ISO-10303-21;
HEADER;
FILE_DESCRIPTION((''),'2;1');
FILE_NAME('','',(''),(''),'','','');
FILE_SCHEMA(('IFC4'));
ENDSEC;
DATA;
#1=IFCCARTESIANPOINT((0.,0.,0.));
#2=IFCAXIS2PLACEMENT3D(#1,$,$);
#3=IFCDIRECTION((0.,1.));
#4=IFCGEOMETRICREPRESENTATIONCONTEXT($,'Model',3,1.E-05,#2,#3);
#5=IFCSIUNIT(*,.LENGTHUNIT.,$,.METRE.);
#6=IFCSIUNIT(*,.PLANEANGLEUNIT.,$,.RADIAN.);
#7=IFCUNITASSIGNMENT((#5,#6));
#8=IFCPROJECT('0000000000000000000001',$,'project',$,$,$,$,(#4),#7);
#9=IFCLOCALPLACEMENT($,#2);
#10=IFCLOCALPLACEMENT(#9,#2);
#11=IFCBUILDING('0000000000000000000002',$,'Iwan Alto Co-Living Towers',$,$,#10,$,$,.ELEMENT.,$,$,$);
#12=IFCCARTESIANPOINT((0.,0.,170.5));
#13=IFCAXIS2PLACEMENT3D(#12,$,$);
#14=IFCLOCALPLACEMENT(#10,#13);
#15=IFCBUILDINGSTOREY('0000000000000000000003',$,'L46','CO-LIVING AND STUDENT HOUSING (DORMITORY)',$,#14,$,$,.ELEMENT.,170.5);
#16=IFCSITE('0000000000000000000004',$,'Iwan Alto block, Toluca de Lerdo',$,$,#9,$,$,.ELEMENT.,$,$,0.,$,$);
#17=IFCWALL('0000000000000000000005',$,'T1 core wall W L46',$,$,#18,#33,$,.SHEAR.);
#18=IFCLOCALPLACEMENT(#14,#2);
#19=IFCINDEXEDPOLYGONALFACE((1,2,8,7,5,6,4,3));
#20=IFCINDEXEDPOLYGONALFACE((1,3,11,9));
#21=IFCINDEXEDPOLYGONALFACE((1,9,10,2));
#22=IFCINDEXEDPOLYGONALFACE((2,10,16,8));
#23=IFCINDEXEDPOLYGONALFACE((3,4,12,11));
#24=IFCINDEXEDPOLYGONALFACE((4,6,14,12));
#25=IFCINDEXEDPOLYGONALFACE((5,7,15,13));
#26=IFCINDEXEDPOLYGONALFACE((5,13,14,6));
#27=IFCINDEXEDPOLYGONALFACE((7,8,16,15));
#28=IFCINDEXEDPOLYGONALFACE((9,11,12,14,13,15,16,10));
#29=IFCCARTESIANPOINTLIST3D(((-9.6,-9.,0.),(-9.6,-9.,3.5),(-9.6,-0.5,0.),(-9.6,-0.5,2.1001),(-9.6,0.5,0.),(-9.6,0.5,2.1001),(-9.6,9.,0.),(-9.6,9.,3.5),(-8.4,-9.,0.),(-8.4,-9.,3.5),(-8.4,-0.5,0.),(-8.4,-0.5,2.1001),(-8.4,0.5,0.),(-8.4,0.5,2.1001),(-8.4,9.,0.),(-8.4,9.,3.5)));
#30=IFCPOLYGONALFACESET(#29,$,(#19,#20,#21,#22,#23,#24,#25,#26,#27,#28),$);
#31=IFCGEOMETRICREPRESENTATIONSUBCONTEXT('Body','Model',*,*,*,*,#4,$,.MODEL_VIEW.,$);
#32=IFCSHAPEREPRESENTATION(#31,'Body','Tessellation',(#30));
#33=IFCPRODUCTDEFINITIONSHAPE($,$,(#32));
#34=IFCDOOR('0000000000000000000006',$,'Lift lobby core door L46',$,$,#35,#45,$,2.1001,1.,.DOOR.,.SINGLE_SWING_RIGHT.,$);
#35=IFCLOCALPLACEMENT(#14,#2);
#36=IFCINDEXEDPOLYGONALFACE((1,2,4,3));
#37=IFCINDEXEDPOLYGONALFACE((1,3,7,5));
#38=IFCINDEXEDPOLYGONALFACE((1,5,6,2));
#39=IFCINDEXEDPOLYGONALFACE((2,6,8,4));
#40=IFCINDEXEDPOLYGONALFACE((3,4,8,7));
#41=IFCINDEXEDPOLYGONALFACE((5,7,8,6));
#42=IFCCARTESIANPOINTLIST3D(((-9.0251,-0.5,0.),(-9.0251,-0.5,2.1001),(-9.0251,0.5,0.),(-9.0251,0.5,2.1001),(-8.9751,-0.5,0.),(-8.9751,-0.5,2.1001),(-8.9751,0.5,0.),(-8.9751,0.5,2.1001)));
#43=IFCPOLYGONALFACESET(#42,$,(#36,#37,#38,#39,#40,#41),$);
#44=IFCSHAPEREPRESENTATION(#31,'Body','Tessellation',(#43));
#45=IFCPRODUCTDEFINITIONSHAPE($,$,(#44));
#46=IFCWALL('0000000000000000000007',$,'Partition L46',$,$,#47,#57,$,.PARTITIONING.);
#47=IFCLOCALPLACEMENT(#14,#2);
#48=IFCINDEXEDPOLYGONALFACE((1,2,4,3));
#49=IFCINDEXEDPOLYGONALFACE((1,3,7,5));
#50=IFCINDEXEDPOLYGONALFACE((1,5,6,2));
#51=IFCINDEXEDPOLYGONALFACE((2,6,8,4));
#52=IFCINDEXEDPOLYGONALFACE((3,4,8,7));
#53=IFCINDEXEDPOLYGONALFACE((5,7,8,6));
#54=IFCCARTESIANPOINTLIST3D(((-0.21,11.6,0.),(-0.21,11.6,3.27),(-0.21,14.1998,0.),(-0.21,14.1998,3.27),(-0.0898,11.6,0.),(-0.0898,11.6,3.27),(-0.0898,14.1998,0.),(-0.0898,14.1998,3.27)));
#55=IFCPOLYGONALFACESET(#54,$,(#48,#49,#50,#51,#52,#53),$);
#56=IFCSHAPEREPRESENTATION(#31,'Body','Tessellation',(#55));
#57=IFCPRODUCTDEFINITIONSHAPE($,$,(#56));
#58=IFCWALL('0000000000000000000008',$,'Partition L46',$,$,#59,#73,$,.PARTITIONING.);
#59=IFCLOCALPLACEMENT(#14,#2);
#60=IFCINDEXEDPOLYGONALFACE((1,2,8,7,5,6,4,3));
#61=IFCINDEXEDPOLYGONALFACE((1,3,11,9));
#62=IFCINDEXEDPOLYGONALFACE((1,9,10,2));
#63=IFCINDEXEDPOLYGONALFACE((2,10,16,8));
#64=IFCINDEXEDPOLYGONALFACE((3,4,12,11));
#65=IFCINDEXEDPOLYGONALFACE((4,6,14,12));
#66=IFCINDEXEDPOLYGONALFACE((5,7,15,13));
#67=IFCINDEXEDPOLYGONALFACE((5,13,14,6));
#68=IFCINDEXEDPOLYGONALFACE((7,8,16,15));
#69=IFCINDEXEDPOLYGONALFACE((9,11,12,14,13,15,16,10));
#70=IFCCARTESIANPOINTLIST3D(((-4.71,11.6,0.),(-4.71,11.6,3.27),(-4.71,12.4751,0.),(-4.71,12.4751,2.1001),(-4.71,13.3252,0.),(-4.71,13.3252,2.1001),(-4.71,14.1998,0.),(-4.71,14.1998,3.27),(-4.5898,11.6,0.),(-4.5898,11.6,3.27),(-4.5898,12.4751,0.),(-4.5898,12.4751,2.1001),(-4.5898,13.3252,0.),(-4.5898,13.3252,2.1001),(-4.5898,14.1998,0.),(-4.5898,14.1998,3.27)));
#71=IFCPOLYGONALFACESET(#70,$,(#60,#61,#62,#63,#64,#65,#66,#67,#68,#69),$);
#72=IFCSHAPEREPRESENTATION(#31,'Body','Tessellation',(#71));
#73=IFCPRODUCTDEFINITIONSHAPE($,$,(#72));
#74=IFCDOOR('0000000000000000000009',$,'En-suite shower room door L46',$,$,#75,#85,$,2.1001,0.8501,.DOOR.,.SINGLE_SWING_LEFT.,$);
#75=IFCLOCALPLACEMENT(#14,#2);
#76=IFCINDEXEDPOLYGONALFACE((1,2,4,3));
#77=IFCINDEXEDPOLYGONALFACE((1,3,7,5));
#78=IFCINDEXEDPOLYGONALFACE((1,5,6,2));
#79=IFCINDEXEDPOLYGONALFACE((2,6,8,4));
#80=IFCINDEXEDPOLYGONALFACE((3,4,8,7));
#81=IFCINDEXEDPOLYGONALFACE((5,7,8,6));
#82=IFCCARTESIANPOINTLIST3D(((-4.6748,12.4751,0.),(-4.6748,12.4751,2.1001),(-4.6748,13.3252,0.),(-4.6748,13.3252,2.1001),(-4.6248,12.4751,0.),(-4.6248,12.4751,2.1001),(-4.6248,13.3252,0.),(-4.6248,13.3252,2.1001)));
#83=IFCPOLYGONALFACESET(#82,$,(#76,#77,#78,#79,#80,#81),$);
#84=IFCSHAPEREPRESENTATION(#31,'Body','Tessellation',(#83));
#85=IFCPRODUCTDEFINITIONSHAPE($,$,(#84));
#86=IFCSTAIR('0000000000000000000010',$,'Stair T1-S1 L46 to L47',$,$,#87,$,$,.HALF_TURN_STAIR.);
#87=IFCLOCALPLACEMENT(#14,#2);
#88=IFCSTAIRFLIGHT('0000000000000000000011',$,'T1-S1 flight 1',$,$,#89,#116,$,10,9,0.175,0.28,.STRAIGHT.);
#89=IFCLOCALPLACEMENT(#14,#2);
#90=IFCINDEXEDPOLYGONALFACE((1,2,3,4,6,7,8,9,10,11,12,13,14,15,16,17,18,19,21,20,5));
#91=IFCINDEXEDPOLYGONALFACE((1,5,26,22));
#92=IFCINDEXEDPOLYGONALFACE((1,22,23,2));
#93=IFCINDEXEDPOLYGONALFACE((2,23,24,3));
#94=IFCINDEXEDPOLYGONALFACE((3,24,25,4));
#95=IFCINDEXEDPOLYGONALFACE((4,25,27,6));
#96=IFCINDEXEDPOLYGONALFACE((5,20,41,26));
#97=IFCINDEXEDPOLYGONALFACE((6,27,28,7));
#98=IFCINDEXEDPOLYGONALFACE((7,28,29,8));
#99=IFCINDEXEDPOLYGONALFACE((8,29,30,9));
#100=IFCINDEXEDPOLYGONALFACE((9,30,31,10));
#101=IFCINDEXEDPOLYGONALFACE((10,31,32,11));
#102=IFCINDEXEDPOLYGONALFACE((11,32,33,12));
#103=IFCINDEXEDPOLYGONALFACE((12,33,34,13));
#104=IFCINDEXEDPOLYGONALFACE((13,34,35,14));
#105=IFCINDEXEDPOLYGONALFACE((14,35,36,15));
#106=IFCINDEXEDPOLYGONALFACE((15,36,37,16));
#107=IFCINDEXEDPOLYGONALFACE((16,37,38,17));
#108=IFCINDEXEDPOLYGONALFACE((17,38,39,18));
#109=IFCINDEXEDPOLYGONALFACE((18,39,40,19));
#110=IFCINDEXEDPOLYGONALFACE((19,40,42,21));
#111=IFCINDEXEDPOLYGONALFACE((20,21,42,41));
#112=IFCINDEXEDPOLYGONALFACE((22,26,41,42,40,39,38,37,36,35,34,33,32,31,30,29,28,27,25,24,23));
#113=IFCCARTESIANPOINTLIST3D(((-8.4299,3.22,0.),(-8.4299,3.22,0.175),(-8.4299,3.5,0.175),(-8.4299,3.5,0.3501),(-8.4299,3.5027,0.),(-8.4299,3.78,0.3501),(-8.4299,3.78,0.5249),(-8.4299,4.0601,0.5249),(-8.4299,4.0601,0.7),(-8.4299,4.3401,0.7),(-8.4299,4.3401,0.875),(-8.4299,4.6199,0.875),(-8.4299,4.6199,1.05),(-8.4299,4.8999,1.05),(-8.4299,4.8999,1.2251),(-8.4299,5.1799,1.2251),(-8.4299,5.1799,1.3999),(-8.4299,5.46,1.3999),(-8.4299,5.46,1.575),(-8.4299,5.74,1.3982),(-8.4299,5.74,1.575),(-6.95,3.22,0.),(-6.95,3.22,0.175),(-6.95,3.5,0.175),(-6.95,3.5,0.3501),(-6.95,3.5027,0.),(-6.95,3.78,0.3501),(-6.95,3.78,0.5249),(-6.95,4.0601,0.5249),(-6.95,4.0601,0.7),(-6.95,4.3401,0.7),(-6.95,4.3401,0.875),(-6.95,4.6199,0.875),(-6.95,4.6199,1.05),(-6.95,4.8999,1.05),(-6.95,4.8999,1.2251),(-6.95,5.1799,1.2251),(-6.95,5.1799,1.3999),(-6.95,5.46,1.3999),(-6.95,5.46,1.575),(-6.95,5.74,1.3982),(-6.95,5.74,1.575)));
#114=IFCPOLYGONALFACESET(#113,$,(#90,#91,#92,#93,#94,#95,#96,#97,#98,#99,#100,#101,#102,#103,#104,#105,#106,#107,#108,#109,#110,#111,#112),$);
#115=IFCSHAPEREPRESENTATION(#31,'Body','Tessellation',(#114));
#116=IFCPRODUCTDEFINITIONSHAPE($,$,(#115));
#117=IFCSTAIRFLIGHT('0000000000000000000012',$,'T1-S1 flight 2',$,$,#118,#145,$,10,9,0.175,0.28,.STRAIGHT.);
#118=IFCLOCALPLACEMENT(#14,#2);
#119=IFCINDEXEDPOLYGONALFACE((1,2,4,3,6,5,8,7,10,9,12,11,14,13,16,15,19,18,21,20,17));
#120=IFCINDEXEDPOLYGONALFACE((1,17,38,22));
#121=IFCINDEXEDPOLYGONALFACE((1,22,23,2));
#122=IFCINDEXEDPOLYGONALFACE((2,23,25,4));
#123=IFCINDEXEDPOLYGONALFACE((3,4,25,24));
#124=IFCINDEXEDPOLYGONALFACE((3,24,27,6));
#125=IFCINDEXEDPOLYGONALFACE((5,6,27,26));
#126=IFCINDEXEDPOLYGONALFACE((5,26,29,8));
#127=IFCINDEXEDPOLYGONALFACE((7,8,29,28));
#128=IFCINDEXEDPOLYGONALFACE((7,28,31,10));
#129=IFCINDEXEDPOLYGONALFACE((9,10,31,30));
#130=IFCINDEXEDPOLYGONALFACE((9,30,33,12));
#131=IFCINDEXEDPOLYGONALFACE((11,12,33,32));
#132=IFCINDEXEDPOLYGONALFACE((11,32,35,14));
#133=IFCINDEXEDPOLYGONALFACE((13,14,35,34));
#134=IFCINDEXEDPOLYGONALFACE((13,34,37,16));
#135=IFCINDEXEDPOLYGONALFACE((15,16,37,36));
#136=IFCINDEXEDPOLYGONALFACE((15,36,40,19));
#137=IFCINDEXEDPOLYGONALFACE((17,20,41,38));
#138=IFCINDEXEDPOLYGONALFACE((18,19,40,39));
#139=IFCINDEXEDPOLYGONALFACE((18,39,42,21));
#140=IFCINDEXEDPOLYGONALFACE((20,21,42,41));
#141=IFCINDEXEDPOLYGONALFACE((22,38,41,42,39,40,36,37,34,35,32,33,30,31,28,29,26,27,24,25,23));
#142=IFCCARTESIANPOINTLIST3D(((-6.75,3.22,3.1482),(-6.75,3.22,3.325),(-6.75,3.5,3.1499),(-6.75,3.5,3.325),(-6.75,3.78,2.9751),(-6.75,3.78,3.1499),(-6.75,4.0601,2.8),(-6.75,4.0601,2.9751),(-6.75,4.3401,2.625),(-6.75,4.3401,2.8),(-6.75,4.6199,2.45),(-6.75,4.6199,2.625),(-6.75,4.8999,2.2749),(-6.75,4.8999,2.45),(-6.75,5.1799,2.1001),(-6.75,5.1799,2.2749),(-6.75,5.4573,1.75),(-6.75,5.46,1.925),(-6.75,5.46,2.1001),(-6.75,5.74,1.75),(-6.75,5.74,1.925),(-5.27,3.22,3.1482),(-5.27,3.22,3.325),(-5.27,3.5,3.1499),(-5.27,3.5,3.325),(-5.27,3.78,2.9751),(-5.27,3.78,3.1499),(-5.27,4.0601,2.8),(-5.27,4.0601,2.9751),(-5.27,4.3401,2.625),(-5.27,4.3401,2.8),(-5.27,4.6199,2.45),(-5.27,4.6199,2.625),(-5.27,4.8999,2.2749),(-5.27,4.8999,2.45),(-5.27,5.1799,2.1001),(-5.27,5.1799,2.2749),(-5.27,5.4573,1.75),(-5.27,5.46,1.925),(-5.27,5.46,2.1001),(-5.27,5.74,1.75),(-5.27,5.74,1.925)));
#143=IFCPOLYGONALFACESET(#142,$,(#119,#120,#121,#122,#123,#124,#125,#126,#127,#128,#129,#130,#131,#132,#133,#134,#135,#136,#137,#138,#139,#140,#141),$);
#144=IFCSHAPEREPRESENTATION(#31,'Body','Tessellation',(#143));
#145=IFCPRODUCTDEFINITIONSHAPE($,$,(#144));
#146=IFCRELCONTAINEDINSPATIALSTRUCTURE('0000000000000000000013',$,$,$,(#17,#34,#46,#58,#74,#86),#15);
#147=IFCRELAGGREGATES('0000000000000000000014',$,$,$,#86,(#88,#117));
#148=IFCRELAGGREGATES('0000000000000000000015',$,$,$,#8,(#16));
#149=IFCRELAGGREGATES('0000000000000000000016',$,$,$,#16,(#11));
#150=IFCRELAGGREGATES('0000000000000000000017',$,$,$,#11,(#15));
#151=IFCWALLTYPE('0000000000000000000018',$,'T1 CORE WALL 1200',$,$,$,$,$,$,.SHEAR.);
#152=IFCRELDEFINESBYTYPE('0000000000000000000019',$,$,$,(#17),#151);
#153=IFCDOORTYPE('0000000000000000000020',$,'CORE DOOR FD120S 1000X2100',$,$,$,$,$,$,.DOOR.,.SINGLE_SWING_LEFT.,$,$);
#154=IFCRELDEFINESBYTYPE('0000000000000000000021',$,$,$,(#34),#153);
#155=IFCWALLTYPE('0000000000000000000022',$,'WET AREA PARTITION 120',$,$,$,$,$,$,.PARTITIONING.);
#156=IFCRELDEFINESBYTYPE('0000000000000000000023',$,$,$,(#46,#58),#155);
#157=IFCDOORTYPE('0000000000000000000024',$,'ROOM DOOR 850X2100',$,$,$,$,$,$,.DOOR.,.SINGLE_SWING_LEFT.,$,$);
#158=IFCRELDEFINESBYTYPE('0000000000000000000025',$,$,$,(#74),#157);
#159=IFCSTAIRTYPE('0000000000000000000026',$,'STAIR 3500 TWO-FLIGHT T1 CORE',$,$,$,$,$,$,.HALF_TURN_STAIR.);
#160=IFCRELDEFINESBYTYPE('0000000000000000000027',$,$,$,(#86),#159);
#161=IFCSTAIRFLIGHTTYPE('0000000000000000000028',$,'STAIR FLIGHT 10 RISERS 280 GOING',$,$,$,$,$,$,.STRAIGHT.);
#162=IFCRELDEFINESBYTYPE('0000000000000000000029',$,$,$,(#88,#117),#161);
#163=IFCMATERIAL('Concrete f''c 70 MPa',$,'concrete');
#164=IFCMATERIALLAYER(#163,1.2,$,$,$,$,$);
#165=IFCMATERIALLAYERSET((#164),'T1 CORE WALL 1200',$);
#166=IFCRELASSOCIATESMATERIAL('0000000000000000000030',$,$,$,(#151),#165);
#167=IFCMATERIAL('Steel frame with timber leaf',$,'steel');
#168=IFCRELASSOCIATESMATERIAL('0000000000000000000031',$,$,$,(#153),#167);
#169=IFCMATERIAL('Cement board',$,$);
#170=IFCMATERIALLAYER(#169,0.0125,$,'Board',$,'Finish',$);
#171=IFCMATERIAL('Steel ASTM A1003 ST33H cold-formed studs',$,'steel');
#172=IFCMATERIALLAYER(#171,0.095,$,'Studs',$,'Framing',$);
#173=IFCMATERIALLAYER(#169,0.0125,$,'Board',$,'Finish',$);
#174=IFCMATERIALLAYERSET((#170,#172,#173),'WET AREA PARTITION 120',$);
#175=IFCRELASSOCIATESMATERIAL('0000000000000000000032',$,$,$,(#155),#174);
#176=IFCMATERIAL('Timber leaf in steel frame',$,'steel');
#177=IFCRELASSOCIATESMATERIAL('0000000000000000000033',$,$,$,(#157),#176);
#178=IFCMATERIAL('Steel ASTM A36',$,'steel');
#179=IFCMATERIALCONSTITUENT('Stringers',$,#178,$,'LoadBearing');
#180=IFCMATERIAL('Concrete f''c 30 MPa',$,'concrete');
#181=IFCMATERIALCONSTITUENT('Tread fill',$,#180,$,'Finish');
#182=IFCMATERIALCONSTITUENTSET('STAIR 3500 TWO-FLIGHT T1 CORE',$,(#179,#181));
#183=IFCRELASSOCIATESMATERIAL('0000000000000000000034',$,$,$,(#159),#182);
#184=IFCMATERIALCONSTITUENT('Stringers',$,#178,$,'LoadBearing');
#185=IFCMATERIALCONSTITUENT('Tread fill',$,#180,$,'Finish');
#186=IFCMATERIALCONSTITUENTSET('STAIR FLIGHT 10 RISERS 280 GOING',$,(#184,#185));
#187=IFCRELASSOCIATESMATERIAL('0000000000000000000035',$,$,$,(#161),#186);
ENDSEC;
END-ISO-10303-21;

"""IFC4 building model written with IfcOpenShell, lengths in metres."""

from ifc_helpers import new_model, si_unit, direction, frame, frame_2d, origin, place, context, subcontext, project, spatial, polyline, rectangle, outline, extrude, material, layer, layer_set, constituent, constituent_set, type_object, element, fill, aggregate, save


model = new_model("IFC4")

# Units and contexts
model_context = context("Model", 3, precision=1e-05, world=origin(), true_north=direction((0.0, 1.0)))
body_context = subcontext(model_context, "Body", "Model", "MODEL_VIEW")
ifc_project = project(units=[si_unit("LENGTHUNIT", "METRE"), si_unit("PLANEANGLEUNIT", "RADIAN")], contexts=[model_context])

# Site, building, storey
site_placement = place(None, origin())
site = spatial("IfcSite", under=ifc_project, at=site_placement, Name="Iwan Alto block, Toluca de Lerdo", CompositionType="ELEMENT", RefElevation=0.0)
building_placement = place(site_placement, origin())
building = spatial("IfcBuilding", under=site, at=building_placement, Name="Iwan Alto Co-Living Towers", CompositionType="ELEMENT")
storey_placement = place(building_placement, frame((0.0, 0.0, 170.5)))
storey = spatial("IfcBuildingStorey", under=building, at=storey_placement, Name="L46", Description="CO-LIVING AND STUDENT HOUSING (DORMITORY)", CompositionType="ELEMENT", Elevation=170.5)

# Shared definitions
ifc_material_1 = material(Name="Steel ASTM A1003 ST33H cold-formed studs", Category="steel")

# Wall, opening, door
ifc_material_2 = material(Name="Concrete f'c 70 MPa", Category="concrete")
ifc_layer_1 = layer(ifc_material_2, 1.2)
ifc_layer_set_1 = layer_set([ifc_layer_1], Name="T1 CORE WALL 1200")
wall_type_1 = type_object("IfcWallType", Name="T1 CORE WALL 1200", PredefinedType="SHEAR", material=ifc_layer_set_1)
wall_1_placement = place(storey_placement, frame((-9.0, 9.0, 0.0), z_axis=(0.0, 0.0, 1.0), x_axis=(0.0, -1.0, 0.0)))
wall_1 = element("IfcWall", 1, at=wall_1_placement, inside=storey, type_object=wall_type_1, Name="T1 core wall W L46", PredefinedType="SHEAR", context=body_context, shape_type="SweptSolid", body=[
    extrude(rectangle(XDim=18.0, YDim=1.2, at=frame_2d((9.0, 0.0))), origin(), (0.0, 0.0, 1.0), 3.5),
])
opening_1_placement = place(wall_1_placement, frame((8.5, 0.0, 0.0)))
opening_1 = element("IfcOpeningElement", 2, at=opening_1_placement, cuts=wall_1, PredefinedType="OPENING", context=body_context, shape_type="SweptSolid", body=[
    extrude(rectangle(XDim=1.0, YDim=2.1001, at=frame_2d((0.5, 1.05))), frame((0.0, 0.6099, 0.0), z_axis=(0.0, -1.0, 0.0), x_axis=(1.0, 0.0, 0.0)), (0.0, 0.0, 1.0), 1.22),
])
ifc_material_3 = material(Name="Steel frame with timber leaf", Category="steel")
door_type_1 = type_object("IfcDoorType", Name="CORE DOOR FD120S 1000X2100", OperationType="SINGLE_SWING_LEFT", PredefinedType="DOOR", material=ifc_material_3)
door_1_placement = place(opening_1_placement, origin())
door_1 = element("IfcDoor", 3, at=door_1_placement, inside=storey, type_object=door_type_1, Name="Lift lobby core door L46", OperationType="SINGLE_SWING_RIGHT", OverallHeight=2.1001, OverallWidth=1.0, PredefinedType="DOOR", context=body_context, shape_type="SweptSolid", body=[
    extrude(rectangle(XDim=1.0, YDim=2.1001, at=frame_2d((0.5, 1.05))), frame((0.0, 0.0249, 0.0), z_axis=(0.0, -1.0, 0.0), x_axis=(1.0, 0.0, 0.0)), (0.0, 0.0, 1.0), 0.05),
])
fill(opening_1, door_1)

# Wall
ifc_material_4 = material(Name="Cement board")
ifc_layer_2 = layer(ifc_material_4, 0.0125, Name="Board", Category="Finish")
ifc_layer_3 = layer(ifc_material_1, 0.095, Name="Studs", Category="Framing")
ifc_layer_4 = layer(ifc_material_4, 0.0125, Name="Board", Category="Finish")
ifc_layer_set_2 = layer_set([ifc_layer_2, ifc_layer_3, ifc_layer_4], Name="WET AREA PARTITION 120")
wall_type_2 = type_object("IfcWallType", Name="WET AREA PARTITION 120", PredefinedType="PARTITIONING", material=ifc_layer_set_2)
wall_2_placement = place(storey_placement, frame((-0.1499, 11.6001, 0.0), z_axis=(0.0, 0.0, 1.0), x_axis=(0.0, 1.0, 0.0)))
element("IfcWall", 4, at=wall_2_placement, inside=storey, type_object=wall_type_2, Name="Partition L46", PredefinedType="PARTITIONING", context=body_context, shape_type="SweptSolid", body=[
    extrude(rectangle(XDim=2.5999, YDim=0.1201, at=frame_2d((1.2998, 0.0))), origin(), (0.0, 0.0, 1.0), 3.27),
])

# Wall, opening, door
wall_3_placement = place(storey_placement, frame((-4.6499, 11.6001, 0.0), z_axis=(0.0, 0.0, 1.0), x_axis=(0.0, 1.0, 0.0)))
wall_3 = element("IfcWall", 5, at=wall_3_placement, inside=storey, type_object=wall_type_2, Name="Partition L46", PredefinedType="PARTITIONING", context=body_context, shape_type="SweptSolid", body=[
    extrude(rectangle(XDim=2.5999, YDim=0.1201, at=frame_2d((1.2998, 0.0))), origin(), (0.0, 0.0, 1.0), 3.27),
])
opening_2_placement = place(wall_3_placement, frame((0.875, 0.0, 0.0)))
opening_2 = element("IfcOpeningElement", 6, at=opening_2_placement, cuts=wall_3, PredefinedType="OPENING", context=body_context, shape_type="SweptSolid", body=[
    extrude(rectangle(XDim=0.8501, YDim=2.1001, at=frame_2d((0.425, 1.05))), frame((0.0, 0.0701, 0.0), z_axis=(0.0, -1.0, 0.0), x_axis=(1.0, 0.0, 0.0)), (0.0, 0.0, 1.0), 0.1401),
])
ifc_material_5 = material(Name="Timber leaf in steel frame", Category="steel")
door_type_2 = type_object("IfcDoorType", Name="ROOM DOOR 850X2100", OperationType="SINGLE_SWING_LEFT", PredefinedType="DOOR", material=ifc_material_5)
door_2_placement = place(opening_2_placement, origin())
door_2 = element("IfcDoor", 7, at=door_2_placement, inside=storey, type_object=door_type_2, Name="En-suite shower room door L46", OperationType="SINGLE_SWING_LEFT", OverallHeight=2.1001, OverallWidth=0.8501, PredefinedType="DOOR", context=body_context, shape_type="SweptSolid", body=[
    extrude(rectangle(XDim=0.8501, YDim=2.1001, at=frame_2d((0.425, 1.05))), frame((0.0, 0.0249, 0.0), z_axis=(0.0, -1.0, 0.0), x_axis=(1.0, 0.0, 0.0)), (0.0, 0.0, 1.0), 0.05),
])
fill(opening_2, door_2)

# Stair, stair flights
ifc_material_6 = material(Name="Steel ASTM A36", Category="steel")
ifc_constituent_1 = constituent(ifc_material_6, Name="Stringers", Category="LoadBearing")
ifc_material_7 = material(Name="Concrete f'c 30 MPa", Category="concrete")
ifc_constituent_2 = constituent(ifc_material_7, Name="Tread fill", Category="Finish")
ifc_constituent_set_1 = constituent_set(constituents=[ifc_constituent_1, ifc_constituent_2], Name="STAIR 3500 TWO-FLIGHT T1 CORE")
stair_type = type_object("IfcStairType", Name="STAIR 3500 TWO-FLIGHT T1 CORE", PredefinedType="HALF_TURN_STAIR", material=ifc_constituent_set_1)
stair_placement = place(storey_placement, origin())
stair = element("IfcStair", 8, at=stair_placement, inside=storey, type_object=stair_type, Name="Stair T1-S1 L46 to L47", PredefinedType="HALF_TURN_STAIR")
ifc_constituent_3 = constituent(ifc_material_6, Name="Stringers", Category="LoadBearing")
ifc_constituent_4 = constituent(ifc_material_7, Name="Tread fill", Category="Finish")
ifc_constituent_set_2 = constituent_set(constituents=[ifc_constituent_3, ifc_constituent_4], Name="STAIR FLIGHT 10 RISERS 280 GOING")
stair_flight_type = type_object("IfcStairFlightType", Name="STAIR FLIGHT 10 RISERS 280 GOING", PredefinedType="STRAIGHT", material=ifc_constituent_set_2)
stair_flight_1_placement = place(storey_placement, frame((-7.6899, 3.22, 0.0), z_axis=(0.0, 0.0, 1.0), x_axis=(0.0, 1.0, 0.0)))
stair_flight_1 = element("IfcStairFlight", 9, at=stair_flight_1_placement, type_object=stair_flight_type, Name="T1-S1 flight 1", NumberOfRisers=10, NumberOfTreads=9, PredefinedType="STRAIGHT", RiserHeight=0.175, TreadLength=0.28, context=body_context, shape_type="SweptSolid", body=[
    extrude(outline(polyline([(0.0, 0.0), (0.0, 0.175), (0.28, 0.175), (0.28, 0.3501), (0.5601, 0.3501), (0.5601, 0.5249), (0.8401, 0.5249), (0.8401, 0.7), (1.1201, 0.7), (1.1201, 0.875), (1.3999, 0.875), (1.3999, 1.05), (1.6799, 1.05), (1.6799, 1.2251), (1.96, 1.2251), (1.96, 1.3999), (2.24, 1.3999), (2.24, 1.575), (2.52, 1.575), (2.52, 1.75), (2.52, 1.3982), (0.2827, 0.0), (0.0, 0.0)])), frame((0.0, 0.74, 0.0), z_axis=(0.0, -1.0, 0.0), x_axis=(1.0, 0.0, 0.0)), (0.0, 0.0, 1.0), 1.48),
])
stair_flight_2_placement = place(storey_placement, frame((-6.01, 5.74, 1.75), z_axis=(0.0, 0.0, 1.0), x_axis=(0.0, -1.0, 0.0)))
stair_flight_2 = element("IfcStairFlight", 10, at=stair_flight_2_placement, type_object=stair_flight_type, Name="T1-S1 flight 2", NumberOfRisers=10, NumberOfTreads=9, PredefinedType="STRAIGHT", RiserHeight=0.175, TreadLength=0.28, context=body_context, shape_type="SweptSolid", body=[
    extrude(outline(polyline([(0.0, 0.0), (0.0, 0.175), (0.28, 0.175), (0.28, 0.3501), (0.5601, 0.3501), (0.5601, 0.5249), (0.8401, 0.5249), (0.8401, 0.7), (1.1201, 0.7), (1.1201, 0.875), (1.3999, 0.875), (1.3999, 1.05), (1.6799, 1.05), (1.6799, 1.2251), (1.96, 1.2251), (1.96, 1.3999), (2.24, 1.3999), (2.24, 1.575), (2.52, 1.575), (2.52, 1.75), (2.52, 1.3982), (0.2827, 0.0), (0.0, 0.0)])), frame((0.0, 0.74, 0.0), z_axis=(0.0, -1.0, 0.0), x_axis=(1.0, 0.0, 0.0)), (0.0, 0.0, 1.0), 1.48),
])
aggregate(stair, [stair_flight_1, stair_flight_2])

save(model, "model.ifc")
